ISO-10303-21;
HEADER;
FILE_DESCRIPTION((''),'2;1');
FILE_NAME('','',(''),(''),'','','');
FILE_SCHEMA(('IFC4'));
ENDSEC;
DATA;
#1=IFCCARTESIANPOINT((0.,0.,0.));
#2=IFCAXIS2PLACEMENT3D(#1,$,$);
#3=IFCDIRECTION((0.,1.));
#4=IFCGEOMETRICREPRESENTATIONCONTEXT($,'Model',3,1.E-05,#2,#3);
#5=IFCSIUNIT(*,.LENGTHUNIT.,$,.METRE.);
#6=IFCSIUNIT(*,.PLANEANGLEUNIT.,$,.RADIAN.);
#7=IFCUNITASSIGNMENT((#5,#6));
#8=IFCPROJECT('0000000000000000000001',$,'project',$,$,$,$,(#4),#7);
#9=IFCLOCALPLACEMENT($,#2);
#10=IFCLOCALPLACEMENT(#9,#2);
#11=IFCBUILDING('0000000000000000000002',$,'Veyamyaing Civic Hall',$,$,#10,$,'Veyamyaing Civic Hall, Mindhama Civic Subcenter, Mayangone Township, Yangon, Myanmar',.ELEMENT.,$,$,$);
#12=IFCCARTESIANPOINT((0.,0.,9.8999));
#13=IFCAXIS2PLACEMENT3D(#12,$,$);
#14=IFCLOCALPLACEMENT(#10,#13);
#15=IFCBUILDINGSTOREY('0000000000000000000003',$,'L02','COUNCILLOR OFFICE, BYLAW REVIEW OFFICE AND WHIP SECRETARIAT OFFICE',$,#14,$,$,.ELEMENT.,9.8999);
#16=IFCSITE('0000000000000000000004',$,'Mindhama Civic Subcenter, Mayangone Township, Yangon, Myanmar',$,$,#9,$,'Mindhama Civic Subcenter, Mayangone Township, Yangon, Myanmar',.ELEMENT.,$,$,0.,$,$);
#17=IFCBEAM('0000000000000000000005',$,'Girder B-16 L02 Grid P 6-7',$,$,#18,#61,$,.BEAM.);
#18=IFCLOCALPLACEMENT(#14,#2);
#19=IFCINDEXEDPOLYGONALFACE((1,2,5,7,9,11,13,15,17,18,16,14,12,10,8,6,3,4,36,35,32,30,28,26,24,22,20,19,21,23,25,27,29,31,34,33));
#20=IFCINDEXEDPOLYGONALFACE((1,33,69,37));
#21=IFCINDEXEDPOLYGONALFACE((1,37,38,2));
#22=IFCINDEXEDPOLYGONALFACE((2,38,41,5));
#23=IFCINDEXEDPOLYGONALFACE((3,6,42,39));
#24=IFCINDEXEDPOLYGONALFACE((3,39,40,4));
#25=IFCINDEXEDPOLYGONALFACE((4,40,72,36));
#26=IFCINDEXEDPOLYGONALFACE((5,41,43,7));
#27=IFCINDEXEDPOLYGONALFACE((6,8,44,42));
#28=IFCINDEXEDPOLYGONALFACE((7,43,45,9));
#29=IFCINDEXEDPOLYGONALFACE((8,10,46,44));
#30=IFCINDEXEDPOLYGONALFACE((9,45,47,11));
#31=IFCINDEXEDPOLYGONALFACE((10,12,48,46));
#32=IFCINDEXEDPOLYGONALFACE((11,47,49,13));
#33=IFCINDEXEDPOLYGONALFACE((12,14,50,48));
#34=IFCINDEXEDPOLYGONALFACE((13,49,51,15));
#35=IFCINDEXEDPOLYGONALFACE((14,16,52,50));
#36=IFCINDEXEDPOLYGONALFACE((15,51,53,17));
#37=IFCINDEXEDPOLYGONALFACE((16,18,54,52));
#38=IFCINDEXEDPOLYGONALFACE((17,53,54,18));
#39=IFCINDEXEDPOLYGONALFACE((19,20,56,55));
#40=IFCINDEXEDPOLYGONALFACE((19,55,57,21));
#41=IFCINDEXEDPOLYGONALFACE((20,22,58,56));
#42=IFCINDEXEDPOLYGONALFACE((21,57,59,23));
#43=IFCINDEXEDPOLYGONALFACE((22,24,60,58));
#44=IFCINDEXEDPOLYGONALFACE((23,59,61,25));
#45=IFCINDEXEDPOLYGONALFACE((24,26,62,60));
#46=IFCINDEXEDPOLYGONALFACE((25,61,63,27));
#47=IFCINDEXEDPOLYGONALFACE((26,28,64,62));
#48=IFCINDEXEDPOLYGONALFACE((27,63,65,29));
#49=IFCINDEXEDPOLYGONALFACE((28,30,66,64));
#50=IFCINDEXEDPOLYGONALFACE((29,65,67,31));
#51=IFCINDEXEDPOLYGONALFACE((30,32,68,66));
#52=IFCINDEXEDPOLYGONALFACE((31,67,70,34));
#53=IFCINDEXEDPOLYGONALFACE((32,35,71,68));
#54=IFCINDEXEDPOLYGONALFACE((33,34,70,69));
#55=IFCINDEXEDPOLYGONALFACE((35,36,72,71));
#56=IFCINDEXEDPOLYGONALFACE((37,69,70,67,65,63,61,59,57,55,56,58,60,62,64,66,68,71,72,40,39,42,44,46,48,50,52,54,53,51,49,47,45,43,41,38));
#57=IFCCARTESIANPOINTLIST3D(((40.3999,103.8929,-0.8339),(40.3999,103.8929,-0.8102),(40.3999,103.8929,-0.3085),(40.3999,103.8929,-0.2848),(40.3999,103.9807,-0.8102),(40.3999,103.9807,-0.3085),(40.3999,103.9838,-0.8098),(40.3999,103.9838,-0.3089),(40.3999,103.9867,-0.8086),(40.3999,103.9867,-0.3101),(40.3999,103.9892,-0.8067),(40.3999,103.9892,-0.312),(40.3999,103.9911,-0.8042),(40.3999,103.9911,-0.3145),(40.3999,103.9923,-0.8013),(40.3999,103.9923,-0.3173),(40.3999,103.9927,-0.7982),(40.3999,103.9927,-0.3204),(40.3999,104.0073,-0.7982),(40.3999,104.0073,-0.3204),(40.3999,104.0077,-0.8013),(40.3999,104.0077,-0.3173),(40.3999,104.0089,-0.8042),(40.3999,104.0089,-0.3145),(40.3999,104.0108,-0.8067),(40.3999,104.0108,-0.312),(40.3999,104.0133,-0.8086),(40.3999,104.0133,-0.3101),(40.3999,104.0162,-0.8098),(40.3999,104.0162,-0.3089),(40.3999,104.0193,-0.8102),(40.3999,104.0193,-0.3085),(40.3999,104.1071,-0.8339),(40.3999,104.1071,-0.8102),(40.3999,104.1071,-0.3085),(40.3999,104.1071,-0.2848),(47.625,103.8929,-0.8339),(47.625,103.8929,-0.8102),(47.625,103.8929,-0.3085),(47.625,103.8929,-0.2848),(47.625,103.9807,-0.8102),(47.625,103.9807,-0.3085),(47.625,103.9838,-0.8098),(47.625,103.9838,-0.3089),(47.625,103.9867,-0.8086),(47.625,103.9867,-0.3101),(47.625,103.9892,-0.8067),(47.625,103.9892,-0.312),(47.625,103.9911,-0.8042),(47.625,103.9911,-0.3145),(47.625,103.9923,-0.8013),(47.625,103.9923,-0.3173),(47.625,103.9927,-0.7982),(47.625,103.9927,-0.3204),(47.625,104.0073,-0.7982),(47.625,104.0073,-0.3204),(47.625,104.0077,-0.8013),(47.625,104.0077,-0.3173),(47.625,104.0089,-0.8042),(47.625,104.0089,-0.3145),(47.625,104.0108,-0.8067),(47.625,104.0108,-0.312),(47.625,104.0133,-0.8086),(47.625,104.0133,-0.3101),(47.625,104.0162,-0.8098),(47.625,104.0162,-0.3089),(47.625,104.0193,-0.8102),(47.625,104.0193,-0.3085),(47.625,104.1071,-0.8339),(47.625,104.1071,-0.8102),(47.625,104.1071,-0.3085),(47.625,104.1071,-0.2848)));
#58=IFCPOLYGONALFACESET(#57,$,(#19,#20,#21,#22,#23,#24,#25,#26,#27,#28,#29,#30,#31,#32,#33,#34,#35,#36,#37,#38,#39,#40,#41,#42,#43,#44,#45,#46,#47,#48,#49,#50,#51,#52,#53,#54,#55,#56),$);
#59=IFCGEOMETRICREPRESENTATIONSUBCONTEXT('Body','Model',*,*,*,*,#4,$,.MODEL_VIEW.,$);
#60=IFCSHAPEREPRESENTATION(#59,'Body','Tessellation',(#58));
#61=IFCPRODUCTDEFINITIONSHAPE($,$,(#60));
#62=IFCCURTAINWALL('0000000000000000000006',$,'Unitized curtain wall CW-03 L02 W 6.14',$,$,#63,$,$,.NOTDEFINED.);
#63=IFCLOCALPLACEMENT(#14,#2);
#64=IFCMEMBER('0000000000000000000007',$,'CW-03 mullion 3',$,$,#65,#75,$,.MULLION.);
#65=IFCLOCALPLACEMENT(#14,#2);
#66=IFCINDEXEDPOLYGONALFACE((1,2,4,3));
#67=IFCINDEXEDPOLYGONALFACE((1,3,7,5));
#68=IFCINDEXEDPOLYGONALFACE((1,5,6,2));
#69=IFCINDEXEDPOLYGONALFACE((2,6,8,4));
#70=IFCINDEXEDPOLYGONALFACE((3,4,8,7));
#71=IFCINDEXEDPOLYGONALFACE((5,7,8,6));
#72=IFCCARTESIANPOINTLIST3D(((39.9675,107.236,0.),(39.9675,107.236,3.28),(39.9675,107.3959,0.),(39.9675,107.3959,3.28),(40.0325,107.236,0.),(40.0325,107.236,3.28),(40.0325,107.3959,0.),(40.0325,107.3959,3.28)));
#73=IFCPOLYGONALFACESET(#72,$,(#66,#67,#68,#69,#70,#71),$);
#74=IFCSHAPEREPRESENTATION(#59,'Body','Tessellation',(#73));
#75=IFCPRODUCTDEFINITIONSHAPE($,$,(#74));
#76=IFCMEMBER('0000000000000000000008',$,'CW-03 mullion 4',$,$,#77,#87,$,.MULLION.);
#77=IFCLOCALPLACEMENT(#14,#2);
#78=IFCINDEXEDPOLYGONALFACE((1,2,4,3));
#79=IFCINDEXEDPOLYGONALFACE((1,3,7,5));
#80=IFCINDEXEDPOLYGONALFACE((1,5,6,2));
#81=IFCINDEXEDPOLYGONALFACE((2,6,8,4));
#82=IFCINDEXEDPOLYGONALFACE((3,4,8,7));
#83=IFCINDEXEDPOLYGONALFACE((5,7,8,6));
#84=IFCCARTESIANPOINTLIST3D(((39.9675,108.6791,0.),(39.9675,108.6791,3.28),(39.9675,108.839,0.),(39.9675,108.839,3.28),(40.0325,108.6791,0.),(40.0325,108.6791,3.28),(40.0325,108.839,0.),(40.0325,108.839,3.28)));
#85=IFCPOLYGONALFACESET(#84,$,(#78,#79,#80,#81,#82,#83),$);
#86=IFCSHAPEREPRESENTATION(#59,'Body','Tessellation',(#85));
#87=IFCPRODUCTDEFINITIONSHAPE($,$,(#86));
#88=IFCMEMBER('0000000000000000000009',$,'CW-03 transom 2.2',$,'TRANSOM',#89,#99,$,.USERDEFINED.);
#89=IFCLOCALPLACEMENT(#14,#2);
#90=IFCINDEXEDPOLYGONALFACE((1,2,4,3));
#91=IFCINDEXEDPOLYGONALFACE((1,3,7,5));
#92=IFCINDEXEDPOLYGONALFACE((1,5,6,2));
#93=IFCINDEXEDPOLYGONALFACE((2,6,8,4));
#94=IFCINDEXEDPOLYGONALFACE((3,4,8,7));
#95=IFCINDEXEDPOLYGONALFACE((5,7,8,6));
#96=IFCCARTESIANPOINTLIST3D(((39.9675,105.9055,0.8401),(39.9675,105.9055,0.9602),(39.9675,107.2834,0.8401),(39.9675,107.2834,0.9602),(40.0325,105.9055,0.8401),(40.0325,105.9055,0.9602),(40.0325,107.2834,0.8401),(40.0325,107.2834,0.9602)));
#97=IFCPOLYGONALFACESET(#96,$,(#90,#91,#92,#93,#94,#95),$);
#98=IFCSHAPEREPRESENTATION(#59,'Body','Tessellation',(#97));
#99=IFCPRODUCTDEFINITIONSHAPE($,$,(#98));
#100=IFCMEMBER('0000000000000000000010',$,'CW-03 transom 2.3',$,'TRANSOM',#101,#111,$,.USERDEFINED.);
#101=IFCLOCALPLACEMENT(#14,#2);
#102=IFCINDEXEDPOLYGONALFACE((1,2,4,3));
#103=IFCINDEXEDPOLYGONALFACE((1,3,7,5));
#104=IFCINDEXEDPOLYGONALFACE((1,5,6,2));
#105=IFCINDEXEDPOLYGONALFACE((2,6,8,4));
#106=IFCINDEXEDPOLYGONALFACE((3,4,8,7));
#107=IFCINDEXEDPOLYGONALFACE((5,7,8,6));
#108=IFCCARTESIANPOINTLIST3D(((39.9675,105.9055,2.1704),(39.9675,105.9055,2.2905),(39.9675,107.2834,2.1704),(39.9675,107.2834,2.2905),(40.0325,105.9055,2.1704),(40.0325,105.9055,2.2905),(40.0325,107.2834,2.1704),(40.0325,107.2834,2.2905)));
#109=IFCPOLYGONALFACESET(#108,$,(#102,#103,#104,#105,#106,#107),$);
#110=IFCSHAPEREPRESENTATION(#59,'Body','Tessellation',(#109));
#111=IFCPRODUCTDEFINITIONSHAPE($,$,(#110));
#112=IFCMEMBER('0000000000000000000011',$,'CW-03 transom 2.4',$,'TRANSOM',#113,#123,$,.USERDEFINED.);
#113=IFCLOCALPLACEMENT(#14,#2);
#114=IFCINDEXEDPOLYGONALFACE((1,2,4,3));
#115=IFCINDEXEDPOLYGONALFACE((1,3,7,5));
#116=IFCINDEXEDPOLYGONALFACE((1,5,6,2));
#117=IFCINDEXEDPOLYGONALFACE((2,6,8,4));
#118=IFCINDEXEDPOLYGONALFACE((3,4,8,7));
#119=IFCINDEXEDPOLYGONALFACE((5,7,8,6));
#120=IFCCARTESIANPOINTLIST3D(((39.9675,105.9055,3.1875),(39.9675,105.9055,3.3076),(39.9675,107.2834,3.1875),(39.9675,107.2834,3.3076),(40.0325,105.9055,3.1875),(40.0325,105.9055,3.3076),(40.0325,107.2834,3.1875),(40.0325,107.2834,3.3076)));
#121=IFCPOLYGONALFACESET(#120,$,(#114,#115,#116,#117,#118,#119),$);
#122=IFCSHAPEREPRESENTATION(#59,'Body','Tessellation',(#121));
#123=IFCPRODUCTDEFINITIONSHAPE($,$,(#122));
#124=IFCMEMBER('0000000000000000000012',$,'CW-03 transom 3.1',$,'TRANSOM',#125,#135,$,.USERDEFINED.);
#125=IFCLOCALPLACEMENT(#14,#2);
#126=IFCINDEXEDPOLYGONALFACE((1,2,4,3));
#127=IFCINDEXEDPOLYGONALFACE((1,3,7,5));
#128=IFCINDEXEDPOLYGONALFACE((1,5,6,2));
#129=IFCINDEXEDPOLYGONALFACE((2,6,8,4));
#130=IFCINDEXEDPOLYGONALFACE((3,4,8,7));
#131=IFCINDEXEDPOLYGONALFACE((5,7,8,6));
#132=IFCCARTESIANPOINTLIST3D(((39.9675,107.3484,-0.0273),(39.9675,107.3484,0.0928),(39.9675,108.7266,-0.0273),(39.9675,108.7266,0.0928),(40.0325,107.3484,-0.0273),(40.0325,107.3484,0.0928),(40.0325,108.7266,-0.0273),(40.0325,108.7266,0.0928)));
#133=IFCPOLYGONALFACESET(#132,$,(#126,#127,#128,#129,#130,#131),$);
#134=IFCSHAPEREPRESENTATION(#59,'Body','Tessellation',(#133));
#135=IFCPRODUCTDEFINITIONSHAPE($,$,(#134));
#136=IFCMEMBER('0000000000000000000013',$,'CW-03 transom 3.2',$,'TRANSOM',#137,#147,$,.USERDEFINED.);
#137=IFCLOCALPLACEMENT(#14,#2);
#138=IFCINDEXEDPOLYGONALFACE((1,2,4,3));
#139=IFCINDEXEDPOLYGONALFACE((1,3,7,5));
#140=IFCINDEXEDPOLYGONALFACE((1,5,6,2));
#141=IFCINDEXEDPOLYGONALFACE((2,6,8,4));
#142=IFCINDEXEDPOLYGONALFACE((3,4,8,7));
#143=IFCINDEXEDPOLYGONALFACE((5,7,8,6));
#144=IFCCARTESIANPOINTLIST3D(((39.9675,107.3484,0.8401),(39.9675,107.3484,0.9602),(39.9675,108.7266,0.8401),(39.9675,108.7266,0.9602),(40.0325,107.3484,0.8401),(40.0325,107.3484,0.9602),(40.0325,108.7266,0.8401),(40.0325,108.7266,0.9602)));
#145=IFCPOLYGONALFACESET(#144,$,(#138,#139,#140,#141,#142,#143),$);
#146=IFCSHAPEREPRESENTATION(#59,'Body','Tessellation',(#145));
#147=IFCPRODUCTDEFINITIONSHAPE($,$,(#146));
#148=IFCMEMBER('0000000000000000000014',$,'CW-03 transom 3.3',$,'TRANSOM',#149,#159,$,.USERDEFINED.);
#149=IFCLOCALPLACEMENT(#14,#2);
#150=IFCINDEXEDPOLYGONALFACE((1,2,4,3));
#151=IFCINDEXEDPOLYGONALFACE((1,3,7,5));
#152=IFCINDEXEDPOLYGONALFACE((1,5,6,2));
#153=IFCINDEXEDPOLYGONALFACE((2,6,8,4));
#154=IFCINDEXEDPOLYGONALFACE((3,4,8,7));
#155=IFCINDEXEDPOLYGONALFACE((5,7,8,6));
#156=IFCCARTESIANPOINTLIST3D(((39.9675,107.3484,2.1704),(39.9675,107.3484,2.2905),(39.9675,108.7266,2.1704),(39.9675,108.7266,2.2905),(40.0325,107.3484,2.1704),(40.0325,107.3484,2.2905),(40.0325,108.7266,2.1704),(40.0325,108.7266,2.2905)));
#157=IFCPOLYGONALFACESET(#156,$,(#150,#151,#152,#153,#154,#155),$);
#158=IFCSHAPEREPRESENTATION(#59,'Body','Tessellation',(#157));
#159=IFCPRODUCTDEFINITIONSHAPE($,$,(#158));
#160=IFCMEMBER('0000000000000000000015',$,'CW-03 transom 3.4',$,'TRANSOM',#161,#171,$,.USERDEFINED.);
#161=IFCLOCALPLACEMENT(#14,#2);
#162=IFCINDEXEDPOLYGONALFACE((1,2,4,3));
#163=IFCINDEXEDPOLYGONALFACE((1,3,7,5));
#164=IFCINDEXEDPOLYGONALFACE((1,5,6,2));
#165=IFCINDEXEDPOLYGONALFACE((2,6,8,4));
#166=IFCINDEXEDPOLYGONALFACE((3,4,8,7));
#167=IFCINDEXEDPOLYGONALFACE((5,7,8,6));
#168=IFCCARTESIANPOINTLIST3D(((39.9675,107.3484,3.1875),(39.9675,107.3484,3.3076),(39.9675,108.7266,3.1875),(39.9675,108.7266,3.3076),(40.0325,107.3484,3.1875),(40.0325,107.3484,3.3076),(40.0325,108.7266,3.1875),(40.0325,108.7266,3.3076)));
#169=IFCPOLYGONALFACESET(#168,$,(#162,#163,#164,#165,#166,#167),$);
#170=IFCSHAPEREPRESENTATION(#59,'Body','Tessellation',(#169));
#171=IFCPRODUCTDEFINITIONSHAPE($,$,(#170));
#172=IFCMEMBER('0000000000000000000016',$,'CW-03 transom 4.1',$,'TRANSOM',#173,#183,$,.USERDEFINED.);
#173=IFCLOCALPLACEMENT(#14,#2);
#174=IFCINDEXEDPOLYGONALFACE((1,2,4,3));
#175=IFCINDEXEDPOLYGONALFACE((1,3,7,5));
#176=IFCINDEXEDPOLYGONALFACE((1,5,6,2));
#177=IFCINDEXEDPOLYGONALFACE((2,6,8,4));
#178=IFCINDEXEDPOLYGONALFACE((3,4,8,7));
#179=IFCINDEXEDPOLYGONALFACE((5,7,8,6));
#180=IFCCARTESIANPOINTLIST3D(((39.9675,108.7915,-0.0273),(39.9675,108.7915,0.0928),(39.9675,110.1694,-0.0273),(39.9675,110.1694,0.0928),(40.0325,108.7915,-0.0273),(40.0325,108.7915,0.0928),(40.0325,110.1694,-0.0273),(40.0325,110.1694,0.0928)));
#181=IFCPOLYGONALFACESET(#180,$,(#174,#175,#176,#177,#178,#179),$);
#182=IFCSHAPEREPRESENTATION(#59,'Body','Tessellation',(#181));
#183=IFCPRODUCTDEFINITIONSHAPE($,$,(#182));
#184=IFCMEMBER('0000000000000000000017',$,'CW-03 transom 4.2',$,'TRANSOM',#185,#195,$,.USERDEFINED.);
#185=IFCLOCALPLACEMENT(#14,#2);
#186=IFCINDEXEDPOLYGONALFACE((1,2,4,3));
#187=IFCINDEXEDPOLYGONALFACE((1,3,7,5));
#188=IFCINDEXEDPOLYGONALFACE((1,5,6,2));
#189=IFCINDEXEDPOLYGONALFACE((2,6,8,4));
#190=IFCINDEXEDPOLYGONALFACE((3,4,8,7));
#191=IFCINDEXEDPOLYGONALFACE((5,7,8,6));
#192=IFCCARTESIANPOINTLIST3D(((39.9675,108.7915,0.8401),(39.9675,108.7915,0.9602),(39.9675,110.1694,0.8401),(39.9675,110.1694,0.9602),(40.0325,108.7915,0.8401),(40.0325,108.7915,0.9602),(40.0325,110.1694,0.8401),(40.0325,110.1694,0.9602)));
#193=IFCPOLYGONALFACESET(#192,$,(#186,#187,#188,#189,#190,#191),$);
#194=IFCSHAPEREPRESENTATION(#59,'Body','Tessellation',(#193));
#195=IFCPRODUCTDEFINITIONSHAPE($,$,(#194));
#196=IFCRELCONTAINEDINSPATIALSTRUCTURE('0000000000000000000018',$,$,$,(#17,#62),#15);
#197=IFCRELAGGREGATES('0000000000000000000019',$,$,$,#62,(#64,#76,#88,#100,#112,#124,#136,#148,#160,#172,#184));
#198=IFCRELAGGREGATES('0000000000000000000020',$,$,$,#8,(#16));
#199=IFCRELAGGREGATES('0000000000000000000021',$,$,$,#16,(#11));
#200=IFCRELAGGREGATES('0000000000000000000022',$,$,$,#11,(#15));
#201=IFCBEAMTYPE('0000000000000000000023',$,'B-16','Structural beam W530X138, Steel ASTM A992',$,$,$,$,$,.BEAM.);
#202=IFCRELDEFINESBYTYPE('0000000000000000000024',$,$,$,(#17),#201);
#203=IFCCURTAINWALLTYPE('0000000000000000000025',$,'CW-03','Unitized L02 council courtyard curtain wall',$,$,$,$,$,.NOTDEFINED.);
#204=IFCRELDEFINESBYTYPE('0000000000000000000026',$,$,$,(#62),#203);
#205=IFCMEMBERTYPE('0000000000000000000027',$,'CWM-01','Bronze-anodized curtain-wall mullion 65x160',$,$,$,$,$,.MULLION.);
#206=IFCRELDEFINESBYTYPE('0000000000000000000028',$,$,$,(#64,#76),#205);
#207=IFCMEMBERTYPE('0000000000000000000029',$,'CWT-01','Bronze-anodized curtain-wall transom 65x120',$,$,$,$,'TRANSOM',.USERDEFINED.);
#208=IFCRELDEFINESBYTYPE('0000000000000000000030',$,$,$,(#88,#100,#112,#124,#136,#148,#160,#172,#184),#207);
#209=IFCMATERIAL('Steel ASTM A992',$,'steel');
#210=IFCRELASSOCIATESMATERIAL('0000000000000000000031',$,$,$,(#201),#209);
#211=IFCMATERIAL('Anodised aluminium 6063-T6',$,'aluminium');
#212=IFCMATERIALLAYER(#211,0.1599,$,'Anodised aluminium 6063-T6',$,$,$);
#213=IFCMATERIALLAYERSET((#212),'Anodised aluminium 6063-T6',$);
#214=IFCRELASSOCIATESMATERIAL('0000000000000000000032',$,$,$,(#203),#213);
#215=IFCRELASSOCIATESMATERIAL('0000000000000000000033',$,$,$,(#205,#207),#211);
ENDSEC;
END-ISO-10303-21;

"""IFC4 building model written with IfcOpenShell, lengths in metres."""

from ifc_helpers import new_model, si_unit, direction, frame, origin, origin_2d, place, context, subcontext, project, spatial, rectangle, i_section, extrude, material, layer, layer_set, material_profile, profile_set, type_object, element, aggregate, save


model = new_model("IFC4")

# Units and contexts
model_context = context("Model", 3, precision=1e-05, world=origin(), true_north=direction((0.0, 1.0)))
body_context = subcontext(model_context, "Body", "Model", "MODEL_VIEW")
ifc_project = project(units=[si_unit("LENGTHUNIT", "METRE"), si_unit("PLANEANGLEUNIT", "RADIAN")], contexts=[model_context])

# Site, building, storey
site_placement = place(None, origin())
site = spatial("IfcSite", under=ifc_project, at=site_placement, Name="Mindhama Civic Subcenter, Mayangone Township, Yangon, Myanmar", LongName="Mindhama Civic Subcenter, Mayangone Township, Yangon, Myanmar", CompositionType="ELEMENT", RefElevation=0.0)
building_placement = place(site_placement, origin())
building = spatial("IfcBuilding", under=site, at=building_placement, Name="Veyamyaing Civic Hall", LongName="Veyamyaing Civic Hall, Mindhama Civic Subcenter, Mayangone Township, Yangon, Myanmar", CompositionType="ELEMENT")
storey_placement = place(building_placement, frame((0.0, 0.0, 9.8999)))
storey = spatial("IfcBuildingStorey", under=building, at=storey_placement, Name="L02", Description="COUNCILLOR OFFICE, BYLAW REVIEW OFFICE AND WHIP SECRETARIAT OFFICE", CompositionType="ELEMENT", Elevation=9.8999)

# Beam
ifc_material_1 = material(Name="Steel ASTM A992", Category="steel")
ifc_material_profile_1 = material_profile(ifc_material_1, i_section(OverallWidth=0.2141, OverallDepth=0.5491, WebThickness=0.0146, FlangeThickness=0.0237, FilletRadius=0.012, at=origin_2d()), Name="W530X138")
ifc_profile_set_1 = profile_set([ifc_material_profile_1], Name="Steel ASTM A992")
beam_type_1 = type_object("IfcBeamType", Name="B-16", Description="Structural beam W530X138, Steel ASTM A992", PredefinedType="BEAM", material=ifc_profile_set_1)
beam_1_placement = place(storey_placement, frame((40.3999, 104.0, -0.5593), z_axis=(1.0, 0.0, 0.0), x_axis=(0.0, 1.0, 0.0)))
element("IfcBeam", 1, at=beam_1_placement, inside=storey, type_object=beam_type_1, Name="Girder B-16 L02 Grid P 6-7", PredefinedType="BEAM", context=body_context, shape_type="SweptSolid", body=[
    extrude(i_section(OverallWidth=0.2141, OverallDepth=0.5491, WebThickness=0.0146, FlangeThickness=0.0237, FilletRadius=0.012, at=origin_2d()), origin(), (0.0, 0.0, 1.0), 7.2251),
])

# Curtain wall, members
ifc_material_2 = material(Name="Anodised aluminium 6063-T6", Category="aluminium")
ifc_layer_1 = layer(ifc_material_2, 0.1599, Name="Anodised aluminium 6063-T6")
ifc_layer_set_1 = layer_set([ifc_layer_1], Name="Anodised aluminium 6063-T6")
curtain_wall_type = type_object("IfcCurtainWallType", Name="CW-03", Description="Unitized L02 council courtyard curtain wall", PredefinedType="NOTDEFINED", material=ifc_layer_set_1)
curtain_wall_placement = place(storey_placement, origin())
curtain_wall = element("IfcCurtainWall", 2, at=curtain_wall_placement, inside=storey, type_object=curtain_wall_type, Name="Unitized curtain wall CW-03 L02 W 6.14", PredefinedType="NOTDEFINED")
ifc_material_profile_2 = material_profile(ifc_material_2, rectangle(XDim=0.0649, YDim=0.1599, at=origin_2d()), Name="ALU-MUL-65X160")
ifc_profile_set_2 = profile_set([ifc_material_profile_2], Name="Anodised aluminium 6063-T6")
member_type_1 = type_object("IfcMemberType", Name="CWM-01", Description="Bronze-anodized curtain-wall mullion 65x160", PredefinedType="MULLION", material=ifc_profile_set_2)
member_1_placement = place(storey_placement, frame((40.0, 107.3159, 0.0), z_axis=(0.0, 0.0, 1.0), x_axis=(-1.0, 0.0, 0.0)))
member_1 = element("IfcMember", 3, at=member_1_placement, type_object=member_type_1, Name="CW-03 mullion 3", PredefinedType="MULLION", context=body_context, shape_type="SweptSolid", body=[
    extrude(rectangle(XDim=0.0649, YDim=0.1599, at=origin_2d()), origin(), (0.0, 0.0, 1.0), 3.28),
])
member_2_placement = place(storey_placement, frame((40.0, 108.759, 0.0), z_axis=(0.0, 0.0, 1.0), x_axis=(-1.0, 0.0, 0.0)))
member_2 = element("IfcMember", 4, at=member_2_placement, type_object=member_type_1, Name="CW-03 mullion 4", PredefinedType="MULLION", context=body_context, shape_type="SweptSolid", body=[
    extrude(rectangle(XDim=0.0649, YDim=0.1599, at=origin_2d()), origin(), (0.0, 0.0, 1.0), 3.28),
])
ifc_material_profile_3 = material_profile(ifc_material_2, rectangle(XDim=0.0649, YDim=0.1201, at=origin_2d()), Name="ALU-TRN-65X120")
ifc_profile_set_3 = profile_set([ifc_material_profile_3], Name="Anodised aluminium 6063-T6")
member_type_2 = type_object("IfcMemberType", Name="CWT-01", Description="Bronze-anodized curtain-wall transom 65x120", ElementType="TRANSOM", PredefinedType="USERDEFINED", material=ifc_profile_set_3)
member_3_placement = place(storey_placement, frame((40.0, 105.9055, 0.9001), z_axis=(0.0, 1.0, 0.0), x_axis=(-1.0, 0.0, 0.0)))
member_3 = element("IfcMember", 5, at=member_3_placement, type_object=member_type_2, Name="CW-03 transom 2.2", ObjectType="TRANSOM", PredefinedType="USERDEFINED", context=body_context, shape_type="SweptSolid", body=[
    extrude(rectangle(XDim=0.0649, YDim=0.1201, at=origin_2d()), origin(), (0.0, 0.0, 1.0), 1.3779),
])
member_4_placement = place(storey_placement, frame((40.0, 105.9055, 2.2305), z_axis=(0.0, 1.0, 0.0), x_axis=(-1.0, 0.0, 0.0)))
member_4 = element("IfcMember", 6, at=member_4_placement, type_object=member_type_2, Name="CW-03 transom 2.3", ObjectType="TRANSOM", PredefinedType="USERDEFINED", context=body_context, shape_type="SweptSolid", body=[
    extrude(rectangle(XDim=0.0649, YDim=0.1201, at=origin_2d()), origin(), (0.0, 0.0, 1.0), 1.3779),
])
member_5_placement = place(storey_placement, frame((40.0, 105.9055, 3.2476), z_axis=(0.0, 1.0, 0.0), x_axis=(-1.0, 0.0, 0.0)))
member_5 = element("IfcMember", 7, at=member_5_placement, type_object=member_type_2, Name="CW-03 transom 2.4", ObjectType="TRANSOM", PredefinedType="USERDEFINED", context=body_context, shape_type="SweptSolid", body=[
    extrude(rectangle(XDim=0.0649, YDim=0.1201, at=origin_2d()), origin(), (0.0, 0.0, 1.0), 1.3779),
])
member_6_placement = place(storey_placement, frame((40.0, 107.3484, 0.0327), z_axis=(0.0, 1.0, 0.0), x_axis=(-1.0, 0.0, 0.0)))
member_6 = element("IfcMember", 8, at=member_6_placement, type_object=member_type_2, Name="CW-03 transom 3.1", ObjectType="TRANSOM", PredefinedType="USERDEFINED", context=body_context, shape_type="SweptSolid", body=[
    extrude(rectangle(XDim=0.0649, YDim=0.1201, at=origin_2d()), origin(), (0.0, 0.0, 1.0), 1.3782),
])
member_7_placement = place(storey_placement, frame((40.0, 107.3484, 0.9001), z_axis=(0.0, 1.0, 0.0), x_axis=(-1.0, 0.0, 0.0)))
member_7 = element("IfcMember", 9, at=member_7_placement, type_object=member_type_2, Name="CW-03 transom 3.2", ObjectType="TRANSOM", PredefinedType="USERDEFINED", context=body_context, shape_type="SweptSolid", body=[
    extrude(rectangle(XDim=0.0649, YDim=0.1201, at=origin_2d()), origin(), (0.0, 0.0, 1.0), 1.3782),
])
member_8_placement = place(storey_placement, frame((40.0, 107.3484, 2.2305), z_axis=(0.0, 1.0, 0.0), x_axis=(-1.0, 0.0, 0.0)))
member_8 = element("IfcMember", 10, at=member_8_placement, type_object=member_type_2, Name="CW-03 transom 3.3", ObjectType="TRANSOM", PredefinedType="USERDEFINED", context=body_context, shape_type="SweptSolid", body=[
    extrude(rectangle(XDim=0.0649, YDim=0.1201, at=origin_2d()), origin(), (0.0, 0.0, 1.0), 1.3782),
])
member_9_placement = place(storey_placement, frame((40.0, 107.3484, 3.2476), z_axis=(0.0, 1.0, 0.0), x_axis=(-1.0, 0.0, 0.0)))
member_9 = element("IfcMember", 11, at=member_9_placement, type_object=member_type_2, Name="CW-03 transom 3.4", ObjectType="TRANSOM", PredefinedType="USERDEFINED", context=body_context, shape_type="SweptSolid", body=[
    extrude(rectangle(XDim=0.0649, YDim=0.1201, at=origin_2d()), origin(), (0.0, 0.0, 1.0), 1.3782),
])
member_10_placement = place(storey_placement, frame((40.0, 108.7915, 0.0327), z_axis=(0.0, 1.0, 0.0), x_axis=(-1.0, 0.0, 0.0)))
member_10 = element("IfcMember", 12, at=member_10_placement, type_object=member_type_2, Name="CW-03 transom 4.1", ObjectType="TRANSOM", PredefinedType="USERDEFINED", context=body_context, shape_type="SweptSolid", body=[
    extrude(rectangle(XDim=0.0649, YDim=0.1201, at=origin_2d()), origin(), (0.0, 0.0, 1.0), 1.3779),
])
member_11_placement = place(storey_placement, frame((40.0, 108.7915, 0.9001), z_axis=(0.0, 1.0, 0.0), x_axis=(-1.0, 0.0, 0.0)))
member_11 = element("IfcMember", 13, at=member_11_placement, type_object=member_type_2, Name="CW-03 transom 4.2", ObjectType="TRANSOM", PredefinedType="USERDEFINED", context=body_context, shape_type="SweptSolid", body=[
    extrude(rectangle(XDim=0.0649, YDim=0.1201, at=origin_2d()), origin(), (0.0, 0.0, 1.0), 1.3779),
])

aggregate(curtain_wall, [member_1, member_2, member_3, member_4, member_5, member_6, member_7, member_8, member_9, member_10, member_11])

save(model, "model.ifc")
